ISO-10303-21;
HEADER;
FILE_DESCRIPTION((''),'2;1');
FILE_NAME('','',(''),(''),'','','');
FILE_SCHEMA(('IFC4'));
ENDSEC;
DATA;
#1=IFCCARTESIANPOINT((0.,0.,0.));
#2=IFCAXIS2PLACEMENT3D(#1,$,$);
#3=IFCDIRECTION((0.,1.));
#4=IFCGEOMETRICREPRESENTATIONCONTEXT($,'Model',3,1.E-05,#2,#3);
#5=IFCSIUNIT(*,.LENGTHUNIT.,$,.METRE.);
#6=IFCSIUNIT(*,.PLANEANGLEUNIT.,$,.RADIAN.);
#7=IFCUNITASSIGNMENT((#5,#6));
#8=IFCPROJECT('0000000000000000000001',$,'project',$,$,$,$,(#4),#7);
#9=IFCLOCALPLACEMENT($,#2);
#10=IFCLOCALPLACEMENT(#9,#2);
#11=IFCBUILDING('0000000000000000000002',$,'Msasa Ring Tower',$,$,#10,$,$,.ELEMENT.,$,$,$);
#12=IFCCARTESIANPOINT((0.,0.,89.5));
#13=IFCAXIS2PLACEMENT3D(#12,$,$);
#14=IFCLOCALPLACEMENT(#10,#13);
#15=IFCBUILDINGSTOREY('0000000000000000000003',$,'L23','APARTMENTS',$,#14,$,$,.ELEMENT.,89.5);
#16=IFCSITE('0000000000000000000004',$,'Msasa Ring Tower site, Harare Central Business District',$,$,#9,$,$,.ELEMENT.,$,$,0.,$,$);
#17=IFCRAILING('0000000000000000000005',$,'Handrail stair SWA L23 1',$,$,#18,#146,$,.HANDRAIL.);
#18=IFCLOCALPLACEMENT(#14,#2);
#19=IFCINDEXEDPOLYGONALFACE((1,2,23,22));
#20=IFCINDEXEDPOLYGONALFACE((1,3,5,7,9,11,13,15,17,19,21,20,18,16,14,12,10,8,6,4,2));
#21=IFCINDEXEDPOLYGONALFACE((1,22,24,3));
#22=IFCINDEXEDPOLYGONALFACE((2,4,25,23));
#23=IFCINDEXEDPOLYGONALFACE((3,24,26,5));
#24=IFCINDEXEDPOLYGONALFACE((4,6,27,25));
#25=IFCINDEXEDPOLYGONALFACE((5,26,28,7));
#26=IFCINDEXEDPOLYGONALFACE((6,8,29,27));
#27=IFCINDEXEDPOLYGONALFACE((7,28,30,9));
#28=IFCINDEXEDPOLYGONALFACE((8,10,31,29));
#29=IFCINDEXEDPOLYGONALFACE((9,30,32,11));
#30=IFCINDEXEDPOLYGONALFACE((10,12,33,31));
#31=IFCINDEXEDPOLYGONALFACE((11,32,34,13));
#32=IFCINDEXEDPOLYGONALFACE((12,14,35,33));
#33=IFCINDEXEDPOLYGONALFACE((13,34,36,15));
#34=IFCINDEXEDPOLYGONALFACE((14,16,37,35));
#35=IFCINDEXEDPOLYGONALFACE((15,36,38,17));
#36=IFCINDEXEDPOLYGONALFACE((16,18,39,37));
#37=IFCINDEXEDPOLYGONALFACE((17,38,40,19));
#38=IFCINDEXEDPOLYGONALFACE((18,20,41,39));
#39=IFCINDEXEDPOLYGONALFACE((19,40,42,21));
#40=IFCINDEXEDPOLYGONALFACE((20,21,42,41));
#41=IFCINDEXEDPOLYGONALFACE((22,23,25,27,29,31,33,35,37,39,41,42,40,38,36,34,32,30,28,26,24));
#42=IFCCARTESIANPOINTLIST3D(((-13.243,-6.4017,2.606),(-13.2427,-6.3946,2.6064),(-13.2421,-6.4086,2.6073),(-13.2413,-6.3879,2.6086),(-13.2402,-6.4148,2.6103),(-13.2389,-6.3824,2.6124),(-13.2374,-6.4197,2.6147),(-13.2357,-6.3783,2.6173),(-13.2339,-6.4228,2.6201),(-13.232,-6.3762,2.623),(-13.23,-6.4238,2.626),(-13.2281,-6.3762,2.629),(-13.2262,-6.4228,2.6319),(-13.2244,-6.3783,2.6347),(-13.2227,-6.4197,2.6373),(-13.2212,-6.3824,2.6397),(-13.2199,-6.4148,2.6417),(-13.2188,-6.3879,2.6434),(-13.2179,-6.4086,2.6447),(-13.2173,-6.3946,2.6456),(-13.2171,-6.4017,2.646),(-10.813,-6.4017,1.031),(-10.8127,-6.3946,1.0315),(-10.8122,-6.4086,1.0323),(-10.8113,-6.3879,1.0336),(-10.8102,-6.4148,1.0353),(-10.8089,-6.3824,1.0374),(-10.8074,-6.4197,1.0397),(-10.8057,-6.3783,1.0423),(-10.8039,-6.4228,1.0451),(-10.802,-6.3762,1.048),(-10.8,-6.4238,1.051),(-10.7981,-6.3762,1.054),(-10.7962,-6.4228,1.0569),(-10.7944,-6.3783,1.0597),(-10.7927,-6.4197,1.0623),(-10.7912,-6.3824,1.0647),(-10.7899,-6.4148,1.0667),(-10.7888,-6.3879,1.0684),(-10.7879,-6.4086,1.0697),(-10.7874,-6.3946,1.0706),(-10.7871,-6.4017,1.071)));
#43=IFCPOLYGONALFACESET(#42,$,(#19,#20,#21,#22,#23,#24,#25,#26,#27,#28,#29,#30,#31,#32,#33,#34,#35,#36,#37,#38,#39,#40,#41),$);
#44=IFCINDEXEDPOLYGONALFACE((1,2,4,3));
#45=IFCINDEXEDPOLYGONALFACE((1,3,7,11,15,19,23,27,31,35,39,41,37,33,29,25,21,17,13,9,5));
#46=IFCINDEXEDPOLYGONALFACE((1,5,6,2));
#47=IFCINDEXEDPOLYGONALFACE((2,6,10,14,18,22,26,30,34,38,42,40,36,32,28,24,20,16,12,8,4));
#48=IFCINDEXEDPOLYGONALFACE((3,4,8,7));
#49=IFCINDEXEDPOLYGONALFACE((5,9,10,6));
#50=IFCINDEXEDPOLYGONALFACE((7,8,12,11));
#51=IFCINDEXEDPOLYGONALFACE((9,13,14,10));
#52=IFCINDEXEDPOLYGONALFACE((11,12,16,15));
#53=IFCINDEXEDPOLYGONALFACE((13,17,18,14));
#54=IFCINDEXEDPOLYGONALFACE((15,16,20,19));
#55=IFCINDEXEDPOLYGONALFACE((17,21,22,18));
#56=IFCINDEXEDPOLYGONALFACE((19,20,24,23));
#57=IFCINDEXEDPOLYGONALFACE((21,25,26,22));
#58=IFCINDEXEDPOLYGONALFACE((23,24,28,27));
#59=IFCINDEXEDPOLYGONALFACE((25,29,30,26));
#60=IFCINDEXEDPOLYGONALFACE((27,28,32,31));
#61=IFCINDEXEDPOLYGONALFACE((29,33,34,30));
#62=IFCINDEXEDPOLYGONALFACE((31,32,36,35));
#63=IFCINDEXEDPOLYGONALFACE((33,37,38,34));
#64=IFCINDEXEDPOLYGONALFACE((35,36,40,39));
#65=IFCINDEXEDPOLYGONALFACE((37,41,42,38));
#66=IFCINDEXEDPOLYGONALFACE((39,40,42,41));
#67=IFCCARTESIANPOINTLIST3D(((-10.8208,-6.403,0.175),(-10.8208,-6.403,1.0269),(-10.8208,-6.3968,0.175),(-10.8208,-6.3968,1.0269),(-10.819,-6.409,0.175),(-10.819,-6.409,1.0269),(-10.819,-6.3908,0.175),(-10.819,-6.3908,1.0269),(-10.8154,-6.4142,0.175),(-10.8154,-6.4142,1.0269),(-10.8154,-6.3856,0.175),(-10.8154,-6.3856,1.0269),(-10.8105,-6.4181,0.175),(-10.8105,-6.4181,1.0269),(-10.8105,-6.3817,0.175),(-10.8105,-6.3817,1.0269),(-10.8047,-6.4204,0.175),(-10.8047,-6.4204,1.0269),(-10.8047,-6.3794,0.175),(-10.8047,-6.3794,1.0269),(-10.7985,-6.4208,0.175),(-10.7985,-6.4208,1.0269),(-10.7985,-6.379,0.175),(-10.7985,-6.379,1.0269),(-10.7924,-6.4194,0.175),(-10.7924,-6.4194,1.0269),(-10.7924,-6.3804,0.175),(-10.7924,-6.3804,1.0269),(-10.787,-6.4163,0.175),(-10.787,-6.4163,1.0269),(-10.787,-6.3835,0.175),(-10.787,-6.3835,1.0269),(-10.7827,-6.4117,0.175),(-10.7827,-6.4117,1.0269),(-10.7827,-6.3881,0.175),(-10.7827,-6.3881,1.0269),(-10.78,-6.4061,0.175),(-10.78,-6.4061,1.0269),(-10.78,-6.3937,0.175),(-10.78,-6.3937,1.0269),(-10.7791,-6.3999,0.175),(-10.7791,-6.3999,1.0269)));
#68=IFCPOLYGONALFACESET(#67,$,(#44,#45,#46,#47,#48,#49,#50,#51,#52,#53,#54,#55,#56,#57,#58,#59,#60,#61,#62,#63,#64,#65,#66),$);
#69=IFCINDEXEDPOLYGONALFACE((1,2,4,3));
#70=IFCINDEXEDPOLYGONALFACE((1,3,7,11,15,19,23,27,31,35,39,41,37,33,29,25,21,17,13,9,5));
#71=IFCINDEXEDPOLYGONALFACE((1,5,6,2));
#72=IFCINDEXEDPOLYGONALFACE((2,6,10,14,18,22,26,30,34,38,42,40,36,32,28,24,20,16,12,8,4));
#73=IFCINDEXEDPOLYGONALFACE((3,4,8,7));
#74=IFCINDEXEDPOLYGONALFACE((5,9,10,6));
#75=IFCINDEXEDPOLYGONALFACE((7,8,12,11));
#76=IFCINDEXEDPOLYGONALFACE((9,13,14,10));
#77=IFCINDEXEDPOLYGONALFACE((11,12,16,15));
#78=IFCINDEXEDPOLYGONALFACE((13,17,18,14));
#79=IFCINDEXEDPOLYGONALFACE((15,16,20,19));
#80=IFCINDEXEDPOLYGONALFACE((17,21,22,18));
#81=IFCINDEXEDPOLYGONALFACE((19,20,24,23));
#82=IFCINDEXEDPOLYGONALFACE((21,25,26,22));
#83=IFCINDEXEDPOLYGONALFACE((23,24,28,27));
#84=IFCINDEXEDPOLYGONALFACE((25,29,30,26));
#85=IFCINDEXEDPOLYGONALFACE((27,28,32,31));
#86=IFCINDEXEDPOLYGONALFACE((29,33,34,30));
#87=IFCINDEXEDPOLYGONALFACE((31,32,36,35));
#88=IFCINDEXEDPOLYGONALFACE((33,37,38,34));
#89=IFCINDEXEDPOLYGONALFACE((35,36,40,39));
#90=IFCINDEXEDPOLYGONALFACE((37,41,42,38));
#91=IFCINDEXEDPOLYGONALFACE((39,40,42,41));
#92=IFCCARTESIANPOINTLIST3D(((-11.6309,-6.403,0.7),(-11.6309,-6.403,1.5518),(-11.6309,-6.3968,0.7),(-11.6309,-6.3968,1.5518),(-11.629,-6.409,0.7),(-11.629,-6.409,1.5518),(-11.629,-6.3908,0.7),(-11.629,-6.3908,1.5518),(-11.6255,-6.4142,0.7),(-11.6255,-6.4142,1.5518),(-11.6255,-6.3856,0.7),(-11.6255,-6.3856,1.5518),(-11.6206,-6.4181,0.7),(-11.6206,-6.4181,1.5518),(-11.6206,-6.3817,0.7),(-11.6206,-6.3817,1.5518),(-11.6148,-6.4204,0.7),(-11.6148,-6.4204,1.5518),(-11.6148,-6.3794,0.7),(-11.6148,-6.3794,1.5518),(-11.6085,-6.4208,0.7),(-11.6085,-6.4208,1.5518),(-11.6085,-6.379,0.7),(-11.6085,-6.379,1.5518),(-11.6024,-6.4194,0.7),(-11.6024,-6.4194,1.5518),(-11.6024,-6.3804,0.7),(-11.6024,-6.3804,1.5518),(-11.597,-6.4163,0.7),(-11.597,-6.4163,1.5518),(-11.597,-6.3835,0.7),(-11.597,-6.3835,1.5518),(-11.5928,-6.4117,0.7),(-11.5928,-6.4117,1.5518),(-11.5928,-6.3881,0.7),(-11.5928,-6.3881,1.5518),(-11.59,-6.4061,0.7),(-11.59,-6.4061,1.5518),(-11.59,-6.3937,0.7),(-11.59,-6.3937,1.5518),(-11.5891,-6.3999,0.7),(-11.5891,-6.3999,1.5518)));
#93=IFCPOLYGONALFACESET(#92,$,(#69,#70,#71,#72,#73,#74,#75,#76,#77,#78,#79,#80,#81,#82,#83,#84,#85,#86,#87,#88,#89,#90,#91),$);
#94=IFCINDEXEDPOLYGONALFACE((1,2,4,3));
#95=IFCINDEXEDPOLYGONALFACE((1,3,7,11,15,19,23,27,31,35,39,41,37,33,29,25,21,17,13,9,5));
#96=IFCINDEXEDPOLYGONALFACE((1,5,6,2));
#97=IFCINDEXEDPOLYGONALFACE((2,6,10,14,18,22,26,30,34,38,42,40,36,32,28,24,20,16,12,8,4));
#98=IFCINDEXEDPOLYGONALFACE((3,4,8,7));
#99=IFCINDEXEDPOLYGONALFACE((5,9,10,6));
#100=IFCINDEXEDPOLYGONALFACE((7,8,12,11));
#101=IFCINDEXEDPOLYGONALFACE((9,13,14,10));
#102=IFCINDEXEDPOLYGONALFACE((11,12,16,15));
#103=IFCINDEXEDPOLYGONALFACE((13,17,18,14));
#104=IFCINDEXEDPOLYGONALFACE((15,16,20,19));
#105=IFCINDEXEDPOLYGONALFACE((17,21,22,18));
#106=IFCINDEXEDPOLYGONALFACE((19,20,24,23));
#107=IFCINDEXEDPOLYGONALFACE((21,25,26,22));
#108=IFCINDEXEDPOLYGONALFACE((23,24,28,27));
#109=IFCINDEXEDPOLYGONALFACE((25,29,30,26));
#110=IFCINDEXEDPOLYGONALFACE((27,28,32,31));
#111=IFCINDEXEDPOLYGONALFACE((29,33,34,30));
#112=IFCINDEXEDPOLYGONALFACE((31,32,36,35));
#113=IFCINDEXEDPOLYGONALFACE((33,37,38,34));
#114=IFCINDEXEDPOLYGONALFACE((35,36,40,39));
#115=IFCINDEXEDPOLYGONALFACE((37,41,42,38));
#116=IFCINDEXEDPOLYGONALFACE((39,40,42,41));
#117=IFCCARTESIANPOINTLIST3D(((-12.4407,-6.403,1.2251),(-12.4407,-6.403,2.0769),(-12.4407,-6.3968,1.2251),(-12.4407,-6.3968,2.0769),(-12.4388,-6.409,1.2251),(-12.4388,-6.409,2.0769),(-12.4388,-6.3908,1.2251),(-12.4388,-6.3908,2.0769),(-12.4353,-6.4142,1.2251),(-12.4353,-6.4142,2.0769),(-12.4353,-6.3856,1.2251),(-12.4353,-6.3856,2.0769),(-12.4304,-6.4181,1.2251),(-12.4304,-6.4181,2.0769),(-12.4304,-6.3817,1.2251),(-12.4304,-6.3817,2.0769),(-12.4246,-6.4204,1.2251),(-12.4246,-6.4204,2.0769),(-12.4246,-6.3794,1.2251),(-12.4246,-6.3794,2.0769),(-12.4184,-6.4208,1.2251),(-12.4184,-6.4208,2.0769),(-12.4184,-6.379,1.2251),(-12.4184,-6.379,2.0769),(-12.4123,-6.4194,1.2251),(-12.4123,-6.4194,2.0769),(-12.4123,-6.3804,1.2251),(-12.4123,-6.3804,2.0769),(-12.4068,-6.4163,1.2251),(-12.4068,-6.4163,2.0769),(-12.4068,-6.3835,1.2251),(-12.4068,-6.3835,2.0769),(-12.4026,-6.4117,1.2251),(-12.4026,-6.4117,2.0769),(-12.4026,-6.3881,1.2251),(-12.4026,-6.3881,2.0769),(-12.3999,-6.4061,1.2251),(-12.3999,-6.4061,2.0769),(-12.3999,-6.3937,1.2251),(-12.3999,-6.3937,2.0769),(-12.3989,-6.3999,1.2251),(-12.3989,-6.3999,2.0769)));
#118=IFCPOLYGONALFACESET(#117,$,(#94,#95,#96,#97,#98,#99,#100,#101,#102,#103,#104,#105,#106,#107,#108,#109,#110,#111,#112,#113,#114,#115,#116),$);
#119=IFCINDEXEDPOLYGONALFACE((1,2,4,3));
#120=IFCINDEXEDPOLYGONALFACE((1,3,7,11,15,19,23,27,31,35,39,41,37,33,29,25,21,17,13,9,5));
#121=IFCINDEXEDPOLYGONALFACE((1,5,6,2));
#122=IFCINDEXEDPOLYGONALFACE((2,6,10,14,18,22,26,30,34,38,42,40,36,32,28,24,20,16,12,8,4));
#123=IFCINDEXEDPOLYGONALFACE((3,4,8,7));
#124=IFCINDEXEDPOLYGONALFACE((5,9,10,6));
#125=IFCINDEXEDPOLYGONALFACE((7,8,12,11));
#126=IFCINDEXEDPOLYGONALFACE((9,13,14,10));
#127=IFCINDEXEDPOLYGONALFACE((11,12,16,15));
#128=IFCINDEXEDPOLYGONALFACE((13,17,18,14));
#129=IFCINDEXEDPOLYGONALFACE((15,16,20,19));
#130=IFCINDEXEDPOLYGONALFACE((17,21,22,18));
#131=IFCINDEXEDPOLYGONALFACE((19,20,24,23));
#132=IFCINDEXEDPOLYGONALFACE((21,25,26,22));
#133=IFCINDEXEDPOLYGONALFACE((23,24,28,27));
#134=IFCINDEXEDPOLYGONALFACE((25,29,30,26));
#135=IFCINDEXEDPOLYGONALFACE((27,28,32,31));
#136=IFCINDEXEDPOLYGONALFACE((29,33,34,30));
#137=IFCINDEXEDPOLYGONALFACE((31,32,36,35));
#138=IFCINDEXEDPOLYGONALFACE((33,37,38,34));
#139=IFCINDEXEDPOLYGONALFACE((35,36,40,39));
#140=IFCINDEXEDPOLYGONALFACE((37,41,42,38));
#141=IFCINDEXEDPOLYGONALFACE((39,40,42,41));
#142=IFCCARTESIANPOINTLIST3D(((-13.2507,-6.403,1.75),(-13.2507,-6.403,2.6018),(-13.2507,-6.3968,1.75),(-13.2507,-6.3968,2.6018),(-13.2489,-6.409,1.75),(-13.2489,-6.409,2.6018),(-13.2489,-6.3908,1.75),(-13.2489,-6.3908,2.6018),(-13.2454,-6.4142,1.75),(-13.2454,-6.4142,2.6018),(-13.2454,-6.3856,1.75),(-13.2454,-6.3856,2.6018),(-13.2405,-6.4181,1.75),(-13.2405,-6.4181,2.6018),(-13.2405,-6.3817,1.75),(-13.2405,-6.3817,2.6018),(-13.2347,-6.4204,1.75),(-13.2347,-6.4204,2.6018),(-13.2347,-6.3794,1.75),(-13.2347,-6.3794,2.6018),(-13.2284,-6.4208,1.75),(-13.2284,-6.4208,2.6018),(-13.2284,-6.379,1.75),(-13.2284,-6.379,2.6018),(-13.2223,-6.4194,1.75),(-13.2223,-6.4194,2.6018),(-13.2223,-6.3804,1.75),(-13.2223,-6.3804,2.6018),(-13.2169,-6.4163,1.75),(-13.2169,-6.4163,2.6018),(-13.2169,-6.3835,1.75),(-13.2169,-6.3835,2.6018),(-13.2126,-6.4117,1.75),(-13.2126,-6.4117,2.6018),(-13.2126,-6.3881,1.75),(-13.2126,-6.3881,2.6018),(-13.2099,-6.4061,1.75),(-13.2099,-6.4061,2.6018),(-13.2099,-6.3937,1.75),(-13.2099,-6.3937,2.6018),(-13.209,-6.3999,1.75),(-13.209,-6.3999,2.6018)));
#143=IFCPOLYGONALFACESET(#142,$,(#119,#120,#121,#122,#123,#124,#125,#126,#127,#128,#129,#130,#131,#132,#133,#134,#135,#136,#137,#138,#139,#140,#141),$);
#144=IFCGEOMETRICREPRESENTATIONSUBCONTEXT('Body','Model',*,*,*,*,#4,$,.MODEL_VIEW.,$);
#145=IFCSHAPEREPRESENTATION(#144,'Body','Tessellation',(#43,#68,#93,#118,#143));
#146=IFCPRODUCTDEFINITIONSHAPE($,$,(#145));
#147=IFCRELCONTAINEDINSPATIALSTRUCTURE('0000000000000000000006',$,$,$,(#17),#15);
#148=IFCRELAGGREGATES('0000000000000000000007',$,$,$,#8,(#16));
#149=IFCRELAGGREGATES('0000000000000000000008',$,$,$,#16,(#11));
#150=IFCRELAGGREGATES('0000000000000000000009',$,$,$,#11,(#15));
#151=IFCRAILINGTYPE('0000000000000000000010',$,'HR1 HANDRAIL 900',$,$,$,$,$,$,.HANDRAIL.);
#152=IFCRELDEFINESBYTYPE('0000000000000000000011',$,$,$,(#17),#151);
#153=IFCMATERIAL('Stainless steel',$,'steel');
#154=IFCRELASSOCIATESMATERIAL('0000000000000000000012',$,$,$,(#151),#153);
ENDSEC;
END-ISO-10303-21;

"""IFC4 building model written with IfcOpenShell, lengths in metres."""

from ifc_helpers import new_model, si_unit, direction, frame, origin, origin_2d, place, context, subcontext, project, spatial, circle, extrude, material, type_object, element, save


model = new_model("IFC4")

# Units and contexts
model_context = context("Model", 3, precision=1e-05, world=origin(), true_north=direction((0.0, 1.0)))
body_context = subcontext(model_context, "Body", "Model", "MODEL_VIEW")
ifc_project = project(units=[si_unit("LENGTHUNIT", "METRE"), si_unit("PLANEANGLEUNIT", "RADIAN")], contexts=[model_context])

# Site, building, storey
site_placement = place(None, origin())
site = spatial("IfcSite", under=ifc_project, at=site_placement, Name="Msasa Ring Tower site, Harare Central Business District", CompositionType="ELEMENT", RefElevation=0.0)
building_placement = place(site_placement, origin())
building = spatial("IfcBuilding", under=site, at=building_placement, Name="Msasa Ring Tower", CompositionType="ELEMENT")
storey_placement = place(building_placement, frame((0.0, 0.0, 89.5)))
storey = spatial("IfcBuildingStorey", under=building, at=storey_placement, Name="L23", Description="APARTMENTS", CompositionType="ELEMENT", Elevation=89.5)

# Railing
ifc_material_1 = material(Name="Stainless steel", Category="steel")
railing_type = type_object("IfcRailingType", Name="HR1 HANDRAIL 900", PredefinedType="HANDRAIL", material=ifc_material_1)
for number, where, name in (
    (1, (-10.8, -6.3999, 0.175), "Handrail stair SWA L23 1"),
):
    element("IfcRailing", number, at=place(storey_placement, frame(where)), inside=storey, type_object=railing_type, Name=name, PredefinedType="HANDRAIL", context=body_context, shape_type="SweptSolid", body=[
        extrude(circle(Radius=0.0239, at=origin_2d()), frame((0.0, 0.0, 0.876), z_axis=(-0.839154, 0.0, 0.543894), x_axis=(0.0, -1.0, 0.0)), (0.0, 0.0, 1.0), 2.8958),
        extrude(circle(Radius=0.021, at=origin_2d()), origin(), (0.0, 0.0, 1.0), 0.8518),
        extrude(circle(Radius=0.021, at=origin_2d()), frame((-0.8101, 0.0, 0.5249)), (0.0, 0.0, 1.0), 0.8518),
        extrude(circle(Radius=0.021, at=origin_2d()), frame((-1.6199, 0.0, 1.05)), (0.0, 0.0, 1.0), 0.8518),
        extrude(circle(Radius=0.021, at=origin_2d()), frame((-2.4299, 0.0, 1.575)), (0.0, 0.0, 1.0), 0.8518),
    ])

save(model, "model.ifc")
